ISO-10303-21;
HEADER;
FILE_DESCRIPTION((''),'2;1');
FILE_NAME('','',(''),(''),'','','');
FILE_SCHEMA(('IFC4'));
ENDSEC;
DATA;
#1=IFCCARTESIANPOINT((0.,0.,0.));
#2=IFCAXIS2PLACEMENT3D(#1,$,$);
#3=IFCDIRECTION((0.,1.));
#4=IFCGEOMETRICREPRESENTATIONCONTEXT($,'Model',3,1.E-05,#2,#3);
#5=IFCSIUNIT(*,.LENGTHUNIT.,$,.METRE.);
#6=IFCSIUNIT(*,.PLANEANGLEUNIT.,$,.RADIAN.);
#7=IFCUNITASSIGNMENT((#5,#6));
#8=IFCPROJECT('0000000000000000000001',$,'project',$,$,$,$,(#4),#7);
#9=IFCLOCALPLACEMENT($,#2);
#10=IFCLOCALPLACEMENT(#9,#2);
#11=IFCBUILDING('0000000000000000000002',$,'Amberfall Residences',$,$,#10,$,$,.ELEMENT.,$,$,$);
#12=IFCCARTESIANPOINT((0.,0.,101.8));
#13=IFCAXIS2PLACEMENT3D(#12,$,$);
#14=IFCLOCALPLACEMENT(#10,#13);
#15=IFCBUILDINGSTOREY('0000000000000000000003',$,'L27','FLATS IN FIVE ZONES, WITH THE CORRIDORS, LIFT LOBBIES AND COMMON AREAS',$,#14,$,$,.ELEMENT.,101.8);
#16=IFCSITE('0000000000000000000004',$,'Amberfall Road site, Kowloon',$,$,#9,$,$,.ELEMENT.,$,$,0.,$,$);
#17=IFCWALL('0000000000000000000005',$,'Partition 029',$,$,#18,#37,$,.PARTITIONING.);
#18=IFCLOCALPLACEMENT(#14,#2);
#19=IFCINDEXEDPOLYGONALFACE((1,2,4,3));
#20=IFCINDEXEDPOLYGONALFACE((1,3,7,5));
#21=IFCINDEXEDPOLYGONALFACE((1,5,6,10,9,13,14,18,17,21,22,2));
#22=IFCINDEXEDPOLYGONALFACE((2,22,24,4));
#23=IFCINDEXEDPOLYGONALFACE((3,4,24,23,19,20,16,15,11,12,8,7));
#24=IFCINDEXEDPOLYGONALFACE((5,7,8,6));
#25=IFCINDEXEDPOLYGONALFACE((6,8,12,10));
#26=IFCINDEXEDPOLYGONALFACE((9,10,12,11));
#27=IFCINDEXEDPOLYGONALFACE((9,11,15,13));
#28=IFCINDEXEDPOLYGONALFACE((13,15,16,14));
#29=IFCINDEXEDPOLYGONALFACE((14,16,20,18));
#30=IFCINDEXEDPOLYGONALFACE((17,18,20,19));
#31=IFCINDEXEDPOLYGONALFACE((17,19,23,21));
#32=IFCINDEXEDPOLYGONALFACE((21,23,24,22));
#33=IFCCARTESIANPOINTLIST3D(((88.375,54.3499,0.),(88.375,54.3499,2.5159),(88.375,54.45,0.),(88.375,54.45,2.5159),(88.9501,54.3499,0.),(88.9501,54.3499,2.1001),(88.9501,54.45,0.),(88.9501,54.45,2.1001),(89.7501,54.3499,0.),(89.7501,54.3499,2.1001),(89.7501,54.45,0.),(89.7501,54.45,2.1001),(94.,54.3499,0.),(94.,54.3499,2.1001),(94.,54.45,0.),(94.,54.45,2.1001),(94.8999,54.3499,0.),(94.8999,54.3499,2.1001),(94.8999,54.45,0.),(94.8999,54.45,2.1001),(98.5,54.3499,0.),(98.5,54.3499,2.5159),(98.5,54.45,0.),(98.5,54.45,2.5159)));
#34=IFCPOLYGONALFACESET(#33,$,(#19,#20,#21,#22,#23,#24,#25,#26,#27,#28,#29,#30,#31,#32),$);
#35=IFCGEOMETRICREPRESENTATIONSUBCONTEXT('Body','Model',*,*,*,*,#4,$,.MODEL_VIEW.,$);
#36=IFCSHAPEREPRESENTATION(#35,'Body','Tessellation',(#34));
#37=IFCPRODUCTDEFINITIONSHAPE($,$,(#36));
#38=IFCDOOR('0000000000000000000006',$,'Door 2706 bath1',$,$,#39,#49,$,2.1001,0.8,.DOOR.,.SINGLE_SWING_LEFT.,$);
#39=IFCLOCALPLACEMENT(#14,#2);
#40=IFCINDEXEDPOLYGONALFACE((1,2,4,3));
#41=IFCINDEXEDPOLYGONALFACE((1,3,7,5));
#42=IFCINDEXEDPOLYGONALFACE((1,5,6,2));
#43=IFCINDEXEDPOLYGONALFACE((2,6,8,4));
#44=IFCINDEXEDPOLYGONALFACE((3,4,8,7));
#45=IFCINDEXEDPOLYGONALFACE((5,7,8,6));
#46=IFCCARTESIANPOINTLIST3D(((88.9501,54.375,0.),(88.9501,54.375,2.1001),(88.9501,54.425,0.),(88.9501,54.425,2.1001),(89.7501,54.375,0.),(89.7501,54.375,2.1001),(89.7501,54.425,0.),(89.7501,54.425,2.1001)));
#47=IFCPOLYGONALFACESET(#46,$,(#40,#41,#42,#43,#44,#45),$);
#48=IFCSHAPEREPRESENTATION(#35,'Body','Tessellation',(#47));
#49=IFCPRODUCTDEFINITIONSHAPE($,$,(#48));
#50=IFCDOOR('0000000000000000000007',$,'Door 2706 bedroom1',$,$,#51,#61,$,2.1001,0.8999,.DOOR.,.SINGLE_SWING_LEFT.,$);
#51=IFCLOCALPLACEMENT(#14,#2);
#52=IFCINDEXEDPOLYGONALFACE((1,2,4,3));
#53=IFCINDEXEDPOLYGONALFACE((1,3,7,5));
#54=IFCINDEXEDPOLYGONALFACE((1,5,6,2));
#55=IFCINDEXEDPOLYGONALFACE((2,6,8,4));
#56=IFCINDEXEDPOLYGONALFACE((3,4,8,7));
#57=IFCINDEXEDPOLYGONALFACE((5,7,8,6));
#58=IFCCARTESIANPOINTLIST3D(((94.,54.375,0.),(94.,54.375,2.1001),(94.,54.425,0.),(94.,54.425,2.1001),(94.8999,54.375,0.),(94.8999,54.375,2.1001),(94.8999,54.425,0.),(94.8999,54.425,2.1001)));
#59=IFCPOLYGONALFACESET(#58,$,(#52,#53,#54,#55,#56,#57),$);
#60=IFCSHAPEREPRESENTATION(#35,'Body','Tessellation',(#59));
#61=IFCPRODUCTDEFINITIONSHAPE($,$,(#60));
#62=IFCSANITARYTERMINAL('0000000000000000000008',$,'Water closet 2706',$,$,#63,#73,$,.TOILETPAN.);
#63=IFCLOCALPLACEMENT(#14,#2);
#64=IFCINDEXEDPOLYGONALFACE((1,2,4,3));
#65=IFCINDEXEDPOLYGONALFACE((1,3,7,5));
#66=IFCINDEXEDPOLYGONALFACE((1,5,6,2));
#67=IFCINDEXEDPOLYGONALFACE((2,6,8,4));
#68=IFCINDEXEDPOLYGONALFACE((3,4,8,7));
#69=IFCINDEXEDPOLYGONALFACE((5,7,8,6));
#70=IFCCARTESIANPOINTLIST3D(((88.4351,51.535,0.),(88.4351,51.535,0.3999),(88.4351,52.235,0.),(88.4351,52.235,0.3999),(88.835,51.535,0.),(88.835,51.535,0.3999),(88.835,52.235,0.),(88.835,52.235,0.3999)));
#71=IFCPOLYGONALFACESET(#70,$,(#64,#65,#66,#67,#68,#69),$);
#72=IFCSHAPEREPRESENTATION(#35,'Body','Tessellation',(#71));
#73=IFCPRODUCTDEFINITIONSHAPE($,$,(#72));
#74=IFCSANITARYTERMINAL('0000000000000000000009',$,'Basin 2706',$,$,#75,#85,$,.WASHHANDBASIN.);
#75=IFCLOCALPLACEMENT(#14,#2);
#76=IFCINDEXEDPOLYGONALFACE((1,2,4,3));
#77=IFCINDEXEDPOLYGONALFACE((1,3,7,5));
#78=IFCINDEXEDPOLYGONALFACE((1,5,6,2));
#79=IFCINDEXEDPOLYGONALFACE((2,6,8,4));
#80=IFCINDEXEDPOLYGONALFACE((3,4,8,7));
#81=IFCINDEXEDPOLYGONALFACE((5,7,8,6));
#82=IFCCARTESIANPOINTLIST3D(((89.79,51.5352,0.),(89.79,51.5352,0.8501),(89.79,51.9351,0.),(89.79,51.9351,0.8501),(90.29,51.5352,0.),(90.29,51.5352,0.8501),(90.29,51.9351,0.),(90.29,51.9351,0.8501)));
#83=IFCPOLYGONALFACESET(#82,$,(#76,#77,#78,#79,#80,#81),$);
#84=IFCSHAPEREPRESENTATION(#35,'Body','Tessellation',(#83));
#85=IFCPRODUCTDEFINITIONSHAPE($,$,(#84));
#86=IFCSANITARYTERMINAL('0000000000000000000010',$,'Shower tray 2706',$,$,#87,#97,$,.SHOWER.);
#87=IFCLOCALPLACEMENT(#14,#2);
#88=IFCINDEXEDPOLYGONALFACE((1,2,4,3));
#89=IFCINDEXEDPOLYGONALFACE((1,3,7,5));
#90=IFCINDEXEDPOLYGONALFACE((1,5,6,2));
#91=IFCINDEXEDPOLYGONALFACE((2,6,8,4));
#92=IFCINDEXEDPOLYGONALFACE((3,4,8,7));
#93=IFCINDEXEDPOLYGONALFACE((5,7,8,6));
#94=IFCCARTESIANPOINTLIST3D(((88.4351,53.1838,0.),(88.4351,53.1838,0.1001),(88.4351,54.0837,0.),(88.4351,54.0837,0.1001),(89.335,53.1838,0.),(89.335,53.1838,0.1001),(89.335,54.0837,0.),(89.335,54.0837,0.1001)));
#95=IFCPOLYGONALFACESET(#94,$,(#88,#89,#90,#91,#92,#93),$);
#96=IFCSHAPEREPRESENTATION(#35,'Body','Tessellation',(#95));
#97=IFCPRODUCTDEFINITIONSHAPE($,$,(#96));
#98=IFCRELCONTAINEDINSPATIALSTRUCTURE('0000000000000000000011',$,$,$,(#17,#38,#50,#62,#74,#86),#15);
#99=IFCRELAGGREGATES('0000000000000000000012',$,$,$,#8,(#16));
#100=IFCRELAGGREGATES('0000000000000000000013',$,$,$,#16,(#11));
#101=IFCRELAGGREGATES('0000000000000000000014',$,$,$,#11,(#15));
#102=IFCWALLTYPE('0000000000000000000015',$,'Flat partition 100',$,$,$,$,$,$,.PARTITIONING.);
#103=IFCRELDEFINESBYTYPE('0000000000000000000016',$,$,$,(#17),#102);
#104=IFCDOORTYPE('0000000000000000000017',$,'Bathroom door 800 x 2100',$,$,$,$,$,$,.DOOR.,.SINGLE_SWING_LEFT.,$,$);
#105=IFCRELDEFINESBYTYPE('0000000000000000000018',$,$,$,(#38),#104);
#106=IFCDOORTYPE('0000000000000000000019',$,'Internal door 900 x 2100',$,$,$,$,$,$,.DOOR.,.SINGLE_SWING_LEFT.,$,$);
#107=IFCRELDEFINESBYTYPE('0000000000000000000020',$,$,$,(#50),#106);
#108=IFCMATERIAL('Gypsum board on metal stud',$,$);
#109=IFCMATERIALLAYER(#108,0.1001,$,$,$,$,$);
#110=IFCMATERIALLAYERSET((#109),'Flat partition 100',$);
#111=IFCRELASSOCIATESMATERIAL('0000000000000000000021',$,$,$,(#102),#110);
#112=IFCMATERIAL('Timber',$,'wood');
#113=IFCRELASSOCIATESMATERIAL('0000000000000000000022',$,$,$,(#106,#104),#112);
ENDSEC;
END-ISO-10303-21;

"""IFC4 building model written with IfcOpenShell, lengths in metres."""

from ifc_helpers import new_model, si_unit, direction, frame, frame_2d, origin, origin_2d, place, context, subcontext, project, spatial, rectangle, extrude, material, layer, layer_set, type_object, element, fill, save


model = new_model("IFC4")

# Units and contexts
model_context = context("Model", 3, precision=1e-05, world=origin(), true_north=direction((0.0, 1.0)))
body_context = subcontext(model_context, "Body", "Model", "MODEL_VIEW")
ifc_project = project(units=[si_unit("LENGTHUNIT", "METRE"), si_unit("PLANEANGLEUNIT", "RADIAN")], contexts=[model_context])

# Site, building, storey
site_placement = place(None, origin())
site = spatial("IfcSite", under=ifc_project, at=site_placement, Name="Amberfall Road site, Kowloon", CompositionType="ELEMENT", RefElevation=0.0)
building_placement = place(site_placement, origin())
building = spatial("IfcBuilding", under=site, at=building_placement, Name="Amberfall Residences", CompositionType="ELEMENT")
storey_placement = place(building_placement, frame((0.0, 0.0, 101.8)))
storey = spatial("IfcBuildingStorey", under=building, at=storey_placement, Name="L27", Description="FLATS IN FIVE ZONES, WITH THE CORRIDORS, LIFT LOBBIES AND COMMON AREAS", CompositionType="ELEMENT", Elevation=101.8)

# Shared definitions
ifc_material_1 = material(Name="Gypsum board on metal stud")
ifc_layer_1 = layer(ifc_material_1, 0.1001)
ifc_layer_set_1 = layer_set([ifc_layer_1], Name="Flat partition 100")
wall_type_1 = type_object("IfcWallType", Name="Flat partition 100", PredefinedType="PARTITIONING", material=ifc_layer_set_1)
ifc_material_2 = material(Name="Timber", Category="wood")
door_type_1 = type_object("IfcDoorType", Name="Internal door 900 x 2100", OperationType="SINGLE_SWING_LEFT", PredefinedType="DOOR", material=ifc_material_2)

# Wall, openings, doors
wall_1_placement = place(storey_placement, frame((98.5, 54.3999, 0.0), z_axis=(0.0, 0.0, 1.0), x_axis=(-1.0, 0.0, 0.0)))
wall_1 = element("IfcWall", 1, at=wall_1_placement, inside=storey, type_object=wall_type_1, Name="Partition 029", PredefinedType="PARTITIONING", context=body_context, shape_type="SweptSolid", body=[
    extrude(rectangle(XDim=10.125, YDim=0.1001, at=frame_2d((5.0625, 0.0))), origin(), (0.0, 0.0, 1.0), 2.5159),
])
opening_1_placement = place(wall_1_placement, frame((3.6001, 0.0, 0.0)))
opening_1 = element("IfcOpeningElement", 2, at=opening_1_placement, cuts=wall_1, PredefinedType="OPENING", context=body_context, shape_type="SweptSolid", body=[
    extrude(rectangle(XDim=0.8999, YDim=2.1001, at=frame_2d((0.45, 1.05))), frame((0.0, 0.0601, 0.0), z_axis=(0.0, -1.0, 0.0), x_axis=(1.0, 0.0, 0.0)), (0.0, 0.0, 1.0), 0.1201),
])
opening_2_placement = place(wall_1_placement, frame((8.75, 0.0, 0.0)))
opening_2 = element("IfcOpeningElement", 3, at=opening_2_placement, cuts=wall_1, PredefinedType="OPENING", context=body_context, shape_type="SweptSolid", body=[
    extrude(rectangle(XDim=0.8, YDim=2.1001, at=frame_2d((0.3999, 1.05))), frame((0.0, 0.0601, 0.0), z_axis=(0.0, -1.0, 0.0), x_axis=(1.0, 0.0, 0.0)), (0.0, 0.0, 1.0), 0.1201),
])
door_type_2 = type_object("IfcDoorType", Name="Bathroom door 800 x 2100", OperationType="SINGLE_SWING_LEFT", PredefinedType="DOOR", material=ifc_material_2)
door_1_placement = place(opening_2_placement, origin())
door_1 = element("IfcDoor", 4, at=door_1_placement, inside=storey, type_object=door_type_2, Name="Door 2706 bath1", OperationType="SINGLE_SWING_LEFT", OverallHeight=2.1001, OverallWidth=0.8, PredefinedType="DOOR", context=body_context, shape_type="SweptSolid", body=[
    extrude(rectangle(XDim=0.8, YDim=2.1001, at=frame_2d((0.3999, 1.05))), frame((0.0, 0.0249, 0.0), z_axis=(0.0, -1.0, 0.0), x_axis=(1.0, 0.0, 0.0)), (0.0, 0.0, 1.0), 0.05),
])
fill(opening_2, door_1)
door_2_placement = place(opening_1_placement, origin())
door_2 = element("IfcDoor", 5, at=door_2_placement, inside=storey, type_object=door_type_1, Name="Door 2706 bedroom1", OperationType="SINGLE_SWING_LEFT", OverallHeight=2.1001, OverallWidth=0.8999, PredefinedType="DOOR", context=body_context, shape_type="SweptSolid", body=[
    extrude(rectangle(XDim=0.8999, YDim=2.1001, at=frame_2d((0.45, 1.05))), frame((0.0, 0.0249, 0.0), z_axis=(0.0, -1.0, 0.0), x_axis=(1.0, 0.0, 0.0)), (0.0, 0.0, 1.0), 0.05),
])
fill(opening_1, door_2)

# Sanitary terminals
sanitary_terminal_1_placement = place(storey_placement, frame((88.635, 51.885, 0.0), z_axis=(0.0, 0.0, 1.0), x_axis=(1.0, 0.0, 0.0)))
element("IfcSanitaryTerminal", 6, at=sanitary_terminal_1_placement, inside=storey, Name="Water closet 2706", PredefinedType="TOILETPAN", context=body_context, shape_type="SweptSolid", body=[
    extrude(rectangle(XDim=0.3999, YDim=0.7, at=origin_2d()), origin(), (0.0, 0.0, 1.0), 0.3999),
])
sanitary_terminal_2_placement = place(storey_placement, frame((90.04, 51.7351, 0.0), z_axis=(0.0, 0.0, 1.0), x_axis=(1.0, 0.0, 0.0)))
element("IfcSanitaryTerminal", 7, at=sanitary_terminal_2_placement, inside=storey, Name="Basin 2706", PredefinedType="WASHHANDBASIN", context=body_context, shape_type="SweptSolid", body=[
    extrude(rectangle(XDim=0.5, YDim=0.3999, at=origin_2d()), origin(), (0.0, 0.0, 1.0), 0.8501),
])
sanitary_terminal_3_placement = place(storey_placement, frame((88.885, 53.6338, 0.0), z_axis=(0.0, 0.0, 1.0), x_axis=(1.0, 0.0, 0.0)))
element("IfcSanitaryTerminal", 8, at=sanitary_terminal_3_placement, inside=storey, Name="Shower tray 2706", PredefinedType="SHOWER", context=body_context, shape_type="SweptSolid", body=[
    extrude(rectangle(XDim=0.8999, YDim=0.8999, at=origin_2d()), origin(), (0.0, 0.0, 1.0), 0.1001),
])

save(model, "model.ifc")
